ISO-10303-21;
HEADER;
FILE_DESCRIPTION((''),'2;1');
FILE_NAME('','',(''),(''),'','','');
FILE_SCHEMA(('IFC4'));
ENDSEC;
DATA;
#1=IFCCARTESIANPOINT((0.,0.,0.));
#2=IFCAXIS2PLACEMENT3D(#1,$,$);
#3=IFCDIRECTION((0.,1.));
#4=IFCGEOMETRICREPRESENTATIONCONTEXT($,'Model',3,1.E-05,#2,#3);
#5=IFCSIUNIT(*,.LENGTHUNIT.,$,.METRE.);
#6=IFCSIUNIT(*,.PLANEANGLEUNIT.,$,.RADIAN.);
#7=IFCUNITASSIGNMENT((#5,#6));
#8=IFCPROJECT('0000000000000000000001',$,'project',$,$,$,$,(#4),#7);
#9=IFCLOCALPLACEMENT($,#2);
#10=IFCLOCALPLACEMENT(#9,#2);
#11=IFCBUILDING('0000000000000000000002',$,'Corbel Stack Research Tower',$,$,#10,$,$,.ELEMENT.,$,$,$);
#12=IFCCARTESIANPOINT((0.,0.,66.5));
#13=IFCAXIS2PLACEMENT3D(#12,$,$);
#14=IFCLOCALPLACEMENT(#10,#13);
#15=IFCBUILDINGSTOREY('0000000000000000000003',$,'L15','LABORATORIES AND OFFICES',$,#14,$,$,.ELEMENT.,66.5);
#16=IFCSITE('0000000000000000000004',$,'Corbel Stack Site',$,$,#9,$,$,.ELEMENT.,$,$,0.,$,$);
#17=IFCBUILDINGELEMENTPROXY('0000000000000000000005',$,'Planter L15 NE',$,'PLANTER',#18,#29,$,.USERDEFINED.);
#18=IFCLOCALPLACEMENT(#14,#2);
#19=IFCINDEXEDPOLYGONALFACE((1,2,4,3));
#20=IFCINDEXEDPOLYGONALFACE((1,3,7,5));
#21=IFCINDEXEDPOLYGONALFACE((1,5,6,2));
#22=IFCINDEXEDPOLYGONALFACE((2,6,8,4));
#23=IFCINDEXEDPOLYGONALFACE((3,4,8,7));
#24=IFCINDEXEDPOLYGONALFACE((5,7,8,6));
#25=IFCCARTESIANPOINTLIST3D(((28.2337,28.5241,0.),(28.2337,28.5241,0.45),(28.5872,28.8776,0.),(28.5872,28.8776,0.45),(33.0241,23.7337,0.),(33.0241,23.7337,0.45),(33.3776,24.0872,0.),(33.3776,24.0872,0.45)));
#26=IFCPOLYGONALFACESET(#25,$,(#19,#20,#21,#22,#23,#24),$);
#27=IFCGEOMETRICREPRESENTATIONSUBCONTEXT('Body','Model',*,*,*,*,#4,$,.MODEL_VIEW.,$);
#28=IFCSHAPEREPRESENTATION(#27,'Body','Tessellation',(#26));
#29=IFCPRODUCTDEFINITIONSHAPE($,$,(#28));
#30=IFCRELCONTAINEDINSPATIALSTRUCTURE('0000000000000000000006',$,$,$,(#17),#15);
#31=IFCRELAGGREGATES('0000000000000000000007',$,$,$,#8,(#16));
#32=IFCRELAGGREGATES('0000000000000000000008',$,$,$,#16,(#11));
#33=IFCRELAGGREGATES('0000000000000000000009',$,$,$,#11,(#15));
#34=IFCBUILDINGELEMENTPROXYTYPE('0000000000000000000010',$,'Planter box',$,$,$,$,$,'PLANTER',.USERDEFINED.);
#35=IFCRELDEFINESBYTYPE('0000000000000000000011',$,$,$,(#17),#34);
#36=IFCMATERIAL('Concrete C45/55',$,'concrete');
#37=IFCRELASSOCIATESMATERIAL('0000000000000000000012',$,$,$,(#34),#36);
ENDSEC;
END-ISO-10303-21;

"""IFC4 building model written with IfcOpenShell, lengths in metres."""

from ifc_helpers import new_model, si_unit, direction, frame, origin, origin_2d, place, context, subcontext, project, spatial, rectangle, extrude, material, type_object, element, save


model = new_model("IFC4")

# Units and contexts
model_context = context("Model", 3, precision=1e-05, world=origin(), true_north=direction((0.0, 1.0)))
body_context = subcontext(model_context, "Body", "Model", "MODEL_VIEW")
ifc_project = project(units=[si_unit("LENGTHUNIT", "METRE"), si_unit("PLANEANGLEUNIT", "RADIAN")], contexts=[model_context])

# Site, building, storey
site_placement = place(None, origin())
site = spatial("IfcSite", under=ifc_project, at=site_placement, Name="Corbel Stack Site", CompositionType="ELEMENT", RefElevation=0.0)
building_placement = place(site_placement, origin())
building = spatial("IfcBuilding", under=site, at=building_placement, Name="Corbel Stack Research Tower", CompositionType="ELEMENT")
storey_placement = place(building_placement, frame((0.0, 0.0, 66.5)))
storey = spatial("IfcBuildingStorey", under=building, at=storey_placement, Name="L15", Description="LABORATORIES AND OFFICES", CompositionType="ELEMENT", Elevation=66.5)

# Building element proxy
ifc_material_1 = material(Name="Concrete C45/55", Category="concrete")
building_element_proxy_type = type_object("IfcBuildingElementProxyType", Name="Planter box", ElementType="PLANTER", PredefinedType="USERDEFINED", material=ifc_material_1)
proxy_placement = place(storey_placement, frame((30.8057, 26.3057, 0.0), z_axis=(0.0, 0.0, 1.0), x_axis=(-0.707107, 0.707107, 0.0)))
element("IfcBuildingElementProxy", 1, at=proxy_placement, inside=storey, type_object=building_element_proxy_type, Name="Planter L15 NE", ObjectType="PLANTER", PredefinedType="USERDEFINED", context=body_context, shape_type="SweptSolid", body=[
    extrude(rectangle(XDim=6.7747, YDim=0.5, at=origin_2d()), origin(), (0.0, 0.0, 1.0), 0.45),
])

save(model, "model.ifc")
